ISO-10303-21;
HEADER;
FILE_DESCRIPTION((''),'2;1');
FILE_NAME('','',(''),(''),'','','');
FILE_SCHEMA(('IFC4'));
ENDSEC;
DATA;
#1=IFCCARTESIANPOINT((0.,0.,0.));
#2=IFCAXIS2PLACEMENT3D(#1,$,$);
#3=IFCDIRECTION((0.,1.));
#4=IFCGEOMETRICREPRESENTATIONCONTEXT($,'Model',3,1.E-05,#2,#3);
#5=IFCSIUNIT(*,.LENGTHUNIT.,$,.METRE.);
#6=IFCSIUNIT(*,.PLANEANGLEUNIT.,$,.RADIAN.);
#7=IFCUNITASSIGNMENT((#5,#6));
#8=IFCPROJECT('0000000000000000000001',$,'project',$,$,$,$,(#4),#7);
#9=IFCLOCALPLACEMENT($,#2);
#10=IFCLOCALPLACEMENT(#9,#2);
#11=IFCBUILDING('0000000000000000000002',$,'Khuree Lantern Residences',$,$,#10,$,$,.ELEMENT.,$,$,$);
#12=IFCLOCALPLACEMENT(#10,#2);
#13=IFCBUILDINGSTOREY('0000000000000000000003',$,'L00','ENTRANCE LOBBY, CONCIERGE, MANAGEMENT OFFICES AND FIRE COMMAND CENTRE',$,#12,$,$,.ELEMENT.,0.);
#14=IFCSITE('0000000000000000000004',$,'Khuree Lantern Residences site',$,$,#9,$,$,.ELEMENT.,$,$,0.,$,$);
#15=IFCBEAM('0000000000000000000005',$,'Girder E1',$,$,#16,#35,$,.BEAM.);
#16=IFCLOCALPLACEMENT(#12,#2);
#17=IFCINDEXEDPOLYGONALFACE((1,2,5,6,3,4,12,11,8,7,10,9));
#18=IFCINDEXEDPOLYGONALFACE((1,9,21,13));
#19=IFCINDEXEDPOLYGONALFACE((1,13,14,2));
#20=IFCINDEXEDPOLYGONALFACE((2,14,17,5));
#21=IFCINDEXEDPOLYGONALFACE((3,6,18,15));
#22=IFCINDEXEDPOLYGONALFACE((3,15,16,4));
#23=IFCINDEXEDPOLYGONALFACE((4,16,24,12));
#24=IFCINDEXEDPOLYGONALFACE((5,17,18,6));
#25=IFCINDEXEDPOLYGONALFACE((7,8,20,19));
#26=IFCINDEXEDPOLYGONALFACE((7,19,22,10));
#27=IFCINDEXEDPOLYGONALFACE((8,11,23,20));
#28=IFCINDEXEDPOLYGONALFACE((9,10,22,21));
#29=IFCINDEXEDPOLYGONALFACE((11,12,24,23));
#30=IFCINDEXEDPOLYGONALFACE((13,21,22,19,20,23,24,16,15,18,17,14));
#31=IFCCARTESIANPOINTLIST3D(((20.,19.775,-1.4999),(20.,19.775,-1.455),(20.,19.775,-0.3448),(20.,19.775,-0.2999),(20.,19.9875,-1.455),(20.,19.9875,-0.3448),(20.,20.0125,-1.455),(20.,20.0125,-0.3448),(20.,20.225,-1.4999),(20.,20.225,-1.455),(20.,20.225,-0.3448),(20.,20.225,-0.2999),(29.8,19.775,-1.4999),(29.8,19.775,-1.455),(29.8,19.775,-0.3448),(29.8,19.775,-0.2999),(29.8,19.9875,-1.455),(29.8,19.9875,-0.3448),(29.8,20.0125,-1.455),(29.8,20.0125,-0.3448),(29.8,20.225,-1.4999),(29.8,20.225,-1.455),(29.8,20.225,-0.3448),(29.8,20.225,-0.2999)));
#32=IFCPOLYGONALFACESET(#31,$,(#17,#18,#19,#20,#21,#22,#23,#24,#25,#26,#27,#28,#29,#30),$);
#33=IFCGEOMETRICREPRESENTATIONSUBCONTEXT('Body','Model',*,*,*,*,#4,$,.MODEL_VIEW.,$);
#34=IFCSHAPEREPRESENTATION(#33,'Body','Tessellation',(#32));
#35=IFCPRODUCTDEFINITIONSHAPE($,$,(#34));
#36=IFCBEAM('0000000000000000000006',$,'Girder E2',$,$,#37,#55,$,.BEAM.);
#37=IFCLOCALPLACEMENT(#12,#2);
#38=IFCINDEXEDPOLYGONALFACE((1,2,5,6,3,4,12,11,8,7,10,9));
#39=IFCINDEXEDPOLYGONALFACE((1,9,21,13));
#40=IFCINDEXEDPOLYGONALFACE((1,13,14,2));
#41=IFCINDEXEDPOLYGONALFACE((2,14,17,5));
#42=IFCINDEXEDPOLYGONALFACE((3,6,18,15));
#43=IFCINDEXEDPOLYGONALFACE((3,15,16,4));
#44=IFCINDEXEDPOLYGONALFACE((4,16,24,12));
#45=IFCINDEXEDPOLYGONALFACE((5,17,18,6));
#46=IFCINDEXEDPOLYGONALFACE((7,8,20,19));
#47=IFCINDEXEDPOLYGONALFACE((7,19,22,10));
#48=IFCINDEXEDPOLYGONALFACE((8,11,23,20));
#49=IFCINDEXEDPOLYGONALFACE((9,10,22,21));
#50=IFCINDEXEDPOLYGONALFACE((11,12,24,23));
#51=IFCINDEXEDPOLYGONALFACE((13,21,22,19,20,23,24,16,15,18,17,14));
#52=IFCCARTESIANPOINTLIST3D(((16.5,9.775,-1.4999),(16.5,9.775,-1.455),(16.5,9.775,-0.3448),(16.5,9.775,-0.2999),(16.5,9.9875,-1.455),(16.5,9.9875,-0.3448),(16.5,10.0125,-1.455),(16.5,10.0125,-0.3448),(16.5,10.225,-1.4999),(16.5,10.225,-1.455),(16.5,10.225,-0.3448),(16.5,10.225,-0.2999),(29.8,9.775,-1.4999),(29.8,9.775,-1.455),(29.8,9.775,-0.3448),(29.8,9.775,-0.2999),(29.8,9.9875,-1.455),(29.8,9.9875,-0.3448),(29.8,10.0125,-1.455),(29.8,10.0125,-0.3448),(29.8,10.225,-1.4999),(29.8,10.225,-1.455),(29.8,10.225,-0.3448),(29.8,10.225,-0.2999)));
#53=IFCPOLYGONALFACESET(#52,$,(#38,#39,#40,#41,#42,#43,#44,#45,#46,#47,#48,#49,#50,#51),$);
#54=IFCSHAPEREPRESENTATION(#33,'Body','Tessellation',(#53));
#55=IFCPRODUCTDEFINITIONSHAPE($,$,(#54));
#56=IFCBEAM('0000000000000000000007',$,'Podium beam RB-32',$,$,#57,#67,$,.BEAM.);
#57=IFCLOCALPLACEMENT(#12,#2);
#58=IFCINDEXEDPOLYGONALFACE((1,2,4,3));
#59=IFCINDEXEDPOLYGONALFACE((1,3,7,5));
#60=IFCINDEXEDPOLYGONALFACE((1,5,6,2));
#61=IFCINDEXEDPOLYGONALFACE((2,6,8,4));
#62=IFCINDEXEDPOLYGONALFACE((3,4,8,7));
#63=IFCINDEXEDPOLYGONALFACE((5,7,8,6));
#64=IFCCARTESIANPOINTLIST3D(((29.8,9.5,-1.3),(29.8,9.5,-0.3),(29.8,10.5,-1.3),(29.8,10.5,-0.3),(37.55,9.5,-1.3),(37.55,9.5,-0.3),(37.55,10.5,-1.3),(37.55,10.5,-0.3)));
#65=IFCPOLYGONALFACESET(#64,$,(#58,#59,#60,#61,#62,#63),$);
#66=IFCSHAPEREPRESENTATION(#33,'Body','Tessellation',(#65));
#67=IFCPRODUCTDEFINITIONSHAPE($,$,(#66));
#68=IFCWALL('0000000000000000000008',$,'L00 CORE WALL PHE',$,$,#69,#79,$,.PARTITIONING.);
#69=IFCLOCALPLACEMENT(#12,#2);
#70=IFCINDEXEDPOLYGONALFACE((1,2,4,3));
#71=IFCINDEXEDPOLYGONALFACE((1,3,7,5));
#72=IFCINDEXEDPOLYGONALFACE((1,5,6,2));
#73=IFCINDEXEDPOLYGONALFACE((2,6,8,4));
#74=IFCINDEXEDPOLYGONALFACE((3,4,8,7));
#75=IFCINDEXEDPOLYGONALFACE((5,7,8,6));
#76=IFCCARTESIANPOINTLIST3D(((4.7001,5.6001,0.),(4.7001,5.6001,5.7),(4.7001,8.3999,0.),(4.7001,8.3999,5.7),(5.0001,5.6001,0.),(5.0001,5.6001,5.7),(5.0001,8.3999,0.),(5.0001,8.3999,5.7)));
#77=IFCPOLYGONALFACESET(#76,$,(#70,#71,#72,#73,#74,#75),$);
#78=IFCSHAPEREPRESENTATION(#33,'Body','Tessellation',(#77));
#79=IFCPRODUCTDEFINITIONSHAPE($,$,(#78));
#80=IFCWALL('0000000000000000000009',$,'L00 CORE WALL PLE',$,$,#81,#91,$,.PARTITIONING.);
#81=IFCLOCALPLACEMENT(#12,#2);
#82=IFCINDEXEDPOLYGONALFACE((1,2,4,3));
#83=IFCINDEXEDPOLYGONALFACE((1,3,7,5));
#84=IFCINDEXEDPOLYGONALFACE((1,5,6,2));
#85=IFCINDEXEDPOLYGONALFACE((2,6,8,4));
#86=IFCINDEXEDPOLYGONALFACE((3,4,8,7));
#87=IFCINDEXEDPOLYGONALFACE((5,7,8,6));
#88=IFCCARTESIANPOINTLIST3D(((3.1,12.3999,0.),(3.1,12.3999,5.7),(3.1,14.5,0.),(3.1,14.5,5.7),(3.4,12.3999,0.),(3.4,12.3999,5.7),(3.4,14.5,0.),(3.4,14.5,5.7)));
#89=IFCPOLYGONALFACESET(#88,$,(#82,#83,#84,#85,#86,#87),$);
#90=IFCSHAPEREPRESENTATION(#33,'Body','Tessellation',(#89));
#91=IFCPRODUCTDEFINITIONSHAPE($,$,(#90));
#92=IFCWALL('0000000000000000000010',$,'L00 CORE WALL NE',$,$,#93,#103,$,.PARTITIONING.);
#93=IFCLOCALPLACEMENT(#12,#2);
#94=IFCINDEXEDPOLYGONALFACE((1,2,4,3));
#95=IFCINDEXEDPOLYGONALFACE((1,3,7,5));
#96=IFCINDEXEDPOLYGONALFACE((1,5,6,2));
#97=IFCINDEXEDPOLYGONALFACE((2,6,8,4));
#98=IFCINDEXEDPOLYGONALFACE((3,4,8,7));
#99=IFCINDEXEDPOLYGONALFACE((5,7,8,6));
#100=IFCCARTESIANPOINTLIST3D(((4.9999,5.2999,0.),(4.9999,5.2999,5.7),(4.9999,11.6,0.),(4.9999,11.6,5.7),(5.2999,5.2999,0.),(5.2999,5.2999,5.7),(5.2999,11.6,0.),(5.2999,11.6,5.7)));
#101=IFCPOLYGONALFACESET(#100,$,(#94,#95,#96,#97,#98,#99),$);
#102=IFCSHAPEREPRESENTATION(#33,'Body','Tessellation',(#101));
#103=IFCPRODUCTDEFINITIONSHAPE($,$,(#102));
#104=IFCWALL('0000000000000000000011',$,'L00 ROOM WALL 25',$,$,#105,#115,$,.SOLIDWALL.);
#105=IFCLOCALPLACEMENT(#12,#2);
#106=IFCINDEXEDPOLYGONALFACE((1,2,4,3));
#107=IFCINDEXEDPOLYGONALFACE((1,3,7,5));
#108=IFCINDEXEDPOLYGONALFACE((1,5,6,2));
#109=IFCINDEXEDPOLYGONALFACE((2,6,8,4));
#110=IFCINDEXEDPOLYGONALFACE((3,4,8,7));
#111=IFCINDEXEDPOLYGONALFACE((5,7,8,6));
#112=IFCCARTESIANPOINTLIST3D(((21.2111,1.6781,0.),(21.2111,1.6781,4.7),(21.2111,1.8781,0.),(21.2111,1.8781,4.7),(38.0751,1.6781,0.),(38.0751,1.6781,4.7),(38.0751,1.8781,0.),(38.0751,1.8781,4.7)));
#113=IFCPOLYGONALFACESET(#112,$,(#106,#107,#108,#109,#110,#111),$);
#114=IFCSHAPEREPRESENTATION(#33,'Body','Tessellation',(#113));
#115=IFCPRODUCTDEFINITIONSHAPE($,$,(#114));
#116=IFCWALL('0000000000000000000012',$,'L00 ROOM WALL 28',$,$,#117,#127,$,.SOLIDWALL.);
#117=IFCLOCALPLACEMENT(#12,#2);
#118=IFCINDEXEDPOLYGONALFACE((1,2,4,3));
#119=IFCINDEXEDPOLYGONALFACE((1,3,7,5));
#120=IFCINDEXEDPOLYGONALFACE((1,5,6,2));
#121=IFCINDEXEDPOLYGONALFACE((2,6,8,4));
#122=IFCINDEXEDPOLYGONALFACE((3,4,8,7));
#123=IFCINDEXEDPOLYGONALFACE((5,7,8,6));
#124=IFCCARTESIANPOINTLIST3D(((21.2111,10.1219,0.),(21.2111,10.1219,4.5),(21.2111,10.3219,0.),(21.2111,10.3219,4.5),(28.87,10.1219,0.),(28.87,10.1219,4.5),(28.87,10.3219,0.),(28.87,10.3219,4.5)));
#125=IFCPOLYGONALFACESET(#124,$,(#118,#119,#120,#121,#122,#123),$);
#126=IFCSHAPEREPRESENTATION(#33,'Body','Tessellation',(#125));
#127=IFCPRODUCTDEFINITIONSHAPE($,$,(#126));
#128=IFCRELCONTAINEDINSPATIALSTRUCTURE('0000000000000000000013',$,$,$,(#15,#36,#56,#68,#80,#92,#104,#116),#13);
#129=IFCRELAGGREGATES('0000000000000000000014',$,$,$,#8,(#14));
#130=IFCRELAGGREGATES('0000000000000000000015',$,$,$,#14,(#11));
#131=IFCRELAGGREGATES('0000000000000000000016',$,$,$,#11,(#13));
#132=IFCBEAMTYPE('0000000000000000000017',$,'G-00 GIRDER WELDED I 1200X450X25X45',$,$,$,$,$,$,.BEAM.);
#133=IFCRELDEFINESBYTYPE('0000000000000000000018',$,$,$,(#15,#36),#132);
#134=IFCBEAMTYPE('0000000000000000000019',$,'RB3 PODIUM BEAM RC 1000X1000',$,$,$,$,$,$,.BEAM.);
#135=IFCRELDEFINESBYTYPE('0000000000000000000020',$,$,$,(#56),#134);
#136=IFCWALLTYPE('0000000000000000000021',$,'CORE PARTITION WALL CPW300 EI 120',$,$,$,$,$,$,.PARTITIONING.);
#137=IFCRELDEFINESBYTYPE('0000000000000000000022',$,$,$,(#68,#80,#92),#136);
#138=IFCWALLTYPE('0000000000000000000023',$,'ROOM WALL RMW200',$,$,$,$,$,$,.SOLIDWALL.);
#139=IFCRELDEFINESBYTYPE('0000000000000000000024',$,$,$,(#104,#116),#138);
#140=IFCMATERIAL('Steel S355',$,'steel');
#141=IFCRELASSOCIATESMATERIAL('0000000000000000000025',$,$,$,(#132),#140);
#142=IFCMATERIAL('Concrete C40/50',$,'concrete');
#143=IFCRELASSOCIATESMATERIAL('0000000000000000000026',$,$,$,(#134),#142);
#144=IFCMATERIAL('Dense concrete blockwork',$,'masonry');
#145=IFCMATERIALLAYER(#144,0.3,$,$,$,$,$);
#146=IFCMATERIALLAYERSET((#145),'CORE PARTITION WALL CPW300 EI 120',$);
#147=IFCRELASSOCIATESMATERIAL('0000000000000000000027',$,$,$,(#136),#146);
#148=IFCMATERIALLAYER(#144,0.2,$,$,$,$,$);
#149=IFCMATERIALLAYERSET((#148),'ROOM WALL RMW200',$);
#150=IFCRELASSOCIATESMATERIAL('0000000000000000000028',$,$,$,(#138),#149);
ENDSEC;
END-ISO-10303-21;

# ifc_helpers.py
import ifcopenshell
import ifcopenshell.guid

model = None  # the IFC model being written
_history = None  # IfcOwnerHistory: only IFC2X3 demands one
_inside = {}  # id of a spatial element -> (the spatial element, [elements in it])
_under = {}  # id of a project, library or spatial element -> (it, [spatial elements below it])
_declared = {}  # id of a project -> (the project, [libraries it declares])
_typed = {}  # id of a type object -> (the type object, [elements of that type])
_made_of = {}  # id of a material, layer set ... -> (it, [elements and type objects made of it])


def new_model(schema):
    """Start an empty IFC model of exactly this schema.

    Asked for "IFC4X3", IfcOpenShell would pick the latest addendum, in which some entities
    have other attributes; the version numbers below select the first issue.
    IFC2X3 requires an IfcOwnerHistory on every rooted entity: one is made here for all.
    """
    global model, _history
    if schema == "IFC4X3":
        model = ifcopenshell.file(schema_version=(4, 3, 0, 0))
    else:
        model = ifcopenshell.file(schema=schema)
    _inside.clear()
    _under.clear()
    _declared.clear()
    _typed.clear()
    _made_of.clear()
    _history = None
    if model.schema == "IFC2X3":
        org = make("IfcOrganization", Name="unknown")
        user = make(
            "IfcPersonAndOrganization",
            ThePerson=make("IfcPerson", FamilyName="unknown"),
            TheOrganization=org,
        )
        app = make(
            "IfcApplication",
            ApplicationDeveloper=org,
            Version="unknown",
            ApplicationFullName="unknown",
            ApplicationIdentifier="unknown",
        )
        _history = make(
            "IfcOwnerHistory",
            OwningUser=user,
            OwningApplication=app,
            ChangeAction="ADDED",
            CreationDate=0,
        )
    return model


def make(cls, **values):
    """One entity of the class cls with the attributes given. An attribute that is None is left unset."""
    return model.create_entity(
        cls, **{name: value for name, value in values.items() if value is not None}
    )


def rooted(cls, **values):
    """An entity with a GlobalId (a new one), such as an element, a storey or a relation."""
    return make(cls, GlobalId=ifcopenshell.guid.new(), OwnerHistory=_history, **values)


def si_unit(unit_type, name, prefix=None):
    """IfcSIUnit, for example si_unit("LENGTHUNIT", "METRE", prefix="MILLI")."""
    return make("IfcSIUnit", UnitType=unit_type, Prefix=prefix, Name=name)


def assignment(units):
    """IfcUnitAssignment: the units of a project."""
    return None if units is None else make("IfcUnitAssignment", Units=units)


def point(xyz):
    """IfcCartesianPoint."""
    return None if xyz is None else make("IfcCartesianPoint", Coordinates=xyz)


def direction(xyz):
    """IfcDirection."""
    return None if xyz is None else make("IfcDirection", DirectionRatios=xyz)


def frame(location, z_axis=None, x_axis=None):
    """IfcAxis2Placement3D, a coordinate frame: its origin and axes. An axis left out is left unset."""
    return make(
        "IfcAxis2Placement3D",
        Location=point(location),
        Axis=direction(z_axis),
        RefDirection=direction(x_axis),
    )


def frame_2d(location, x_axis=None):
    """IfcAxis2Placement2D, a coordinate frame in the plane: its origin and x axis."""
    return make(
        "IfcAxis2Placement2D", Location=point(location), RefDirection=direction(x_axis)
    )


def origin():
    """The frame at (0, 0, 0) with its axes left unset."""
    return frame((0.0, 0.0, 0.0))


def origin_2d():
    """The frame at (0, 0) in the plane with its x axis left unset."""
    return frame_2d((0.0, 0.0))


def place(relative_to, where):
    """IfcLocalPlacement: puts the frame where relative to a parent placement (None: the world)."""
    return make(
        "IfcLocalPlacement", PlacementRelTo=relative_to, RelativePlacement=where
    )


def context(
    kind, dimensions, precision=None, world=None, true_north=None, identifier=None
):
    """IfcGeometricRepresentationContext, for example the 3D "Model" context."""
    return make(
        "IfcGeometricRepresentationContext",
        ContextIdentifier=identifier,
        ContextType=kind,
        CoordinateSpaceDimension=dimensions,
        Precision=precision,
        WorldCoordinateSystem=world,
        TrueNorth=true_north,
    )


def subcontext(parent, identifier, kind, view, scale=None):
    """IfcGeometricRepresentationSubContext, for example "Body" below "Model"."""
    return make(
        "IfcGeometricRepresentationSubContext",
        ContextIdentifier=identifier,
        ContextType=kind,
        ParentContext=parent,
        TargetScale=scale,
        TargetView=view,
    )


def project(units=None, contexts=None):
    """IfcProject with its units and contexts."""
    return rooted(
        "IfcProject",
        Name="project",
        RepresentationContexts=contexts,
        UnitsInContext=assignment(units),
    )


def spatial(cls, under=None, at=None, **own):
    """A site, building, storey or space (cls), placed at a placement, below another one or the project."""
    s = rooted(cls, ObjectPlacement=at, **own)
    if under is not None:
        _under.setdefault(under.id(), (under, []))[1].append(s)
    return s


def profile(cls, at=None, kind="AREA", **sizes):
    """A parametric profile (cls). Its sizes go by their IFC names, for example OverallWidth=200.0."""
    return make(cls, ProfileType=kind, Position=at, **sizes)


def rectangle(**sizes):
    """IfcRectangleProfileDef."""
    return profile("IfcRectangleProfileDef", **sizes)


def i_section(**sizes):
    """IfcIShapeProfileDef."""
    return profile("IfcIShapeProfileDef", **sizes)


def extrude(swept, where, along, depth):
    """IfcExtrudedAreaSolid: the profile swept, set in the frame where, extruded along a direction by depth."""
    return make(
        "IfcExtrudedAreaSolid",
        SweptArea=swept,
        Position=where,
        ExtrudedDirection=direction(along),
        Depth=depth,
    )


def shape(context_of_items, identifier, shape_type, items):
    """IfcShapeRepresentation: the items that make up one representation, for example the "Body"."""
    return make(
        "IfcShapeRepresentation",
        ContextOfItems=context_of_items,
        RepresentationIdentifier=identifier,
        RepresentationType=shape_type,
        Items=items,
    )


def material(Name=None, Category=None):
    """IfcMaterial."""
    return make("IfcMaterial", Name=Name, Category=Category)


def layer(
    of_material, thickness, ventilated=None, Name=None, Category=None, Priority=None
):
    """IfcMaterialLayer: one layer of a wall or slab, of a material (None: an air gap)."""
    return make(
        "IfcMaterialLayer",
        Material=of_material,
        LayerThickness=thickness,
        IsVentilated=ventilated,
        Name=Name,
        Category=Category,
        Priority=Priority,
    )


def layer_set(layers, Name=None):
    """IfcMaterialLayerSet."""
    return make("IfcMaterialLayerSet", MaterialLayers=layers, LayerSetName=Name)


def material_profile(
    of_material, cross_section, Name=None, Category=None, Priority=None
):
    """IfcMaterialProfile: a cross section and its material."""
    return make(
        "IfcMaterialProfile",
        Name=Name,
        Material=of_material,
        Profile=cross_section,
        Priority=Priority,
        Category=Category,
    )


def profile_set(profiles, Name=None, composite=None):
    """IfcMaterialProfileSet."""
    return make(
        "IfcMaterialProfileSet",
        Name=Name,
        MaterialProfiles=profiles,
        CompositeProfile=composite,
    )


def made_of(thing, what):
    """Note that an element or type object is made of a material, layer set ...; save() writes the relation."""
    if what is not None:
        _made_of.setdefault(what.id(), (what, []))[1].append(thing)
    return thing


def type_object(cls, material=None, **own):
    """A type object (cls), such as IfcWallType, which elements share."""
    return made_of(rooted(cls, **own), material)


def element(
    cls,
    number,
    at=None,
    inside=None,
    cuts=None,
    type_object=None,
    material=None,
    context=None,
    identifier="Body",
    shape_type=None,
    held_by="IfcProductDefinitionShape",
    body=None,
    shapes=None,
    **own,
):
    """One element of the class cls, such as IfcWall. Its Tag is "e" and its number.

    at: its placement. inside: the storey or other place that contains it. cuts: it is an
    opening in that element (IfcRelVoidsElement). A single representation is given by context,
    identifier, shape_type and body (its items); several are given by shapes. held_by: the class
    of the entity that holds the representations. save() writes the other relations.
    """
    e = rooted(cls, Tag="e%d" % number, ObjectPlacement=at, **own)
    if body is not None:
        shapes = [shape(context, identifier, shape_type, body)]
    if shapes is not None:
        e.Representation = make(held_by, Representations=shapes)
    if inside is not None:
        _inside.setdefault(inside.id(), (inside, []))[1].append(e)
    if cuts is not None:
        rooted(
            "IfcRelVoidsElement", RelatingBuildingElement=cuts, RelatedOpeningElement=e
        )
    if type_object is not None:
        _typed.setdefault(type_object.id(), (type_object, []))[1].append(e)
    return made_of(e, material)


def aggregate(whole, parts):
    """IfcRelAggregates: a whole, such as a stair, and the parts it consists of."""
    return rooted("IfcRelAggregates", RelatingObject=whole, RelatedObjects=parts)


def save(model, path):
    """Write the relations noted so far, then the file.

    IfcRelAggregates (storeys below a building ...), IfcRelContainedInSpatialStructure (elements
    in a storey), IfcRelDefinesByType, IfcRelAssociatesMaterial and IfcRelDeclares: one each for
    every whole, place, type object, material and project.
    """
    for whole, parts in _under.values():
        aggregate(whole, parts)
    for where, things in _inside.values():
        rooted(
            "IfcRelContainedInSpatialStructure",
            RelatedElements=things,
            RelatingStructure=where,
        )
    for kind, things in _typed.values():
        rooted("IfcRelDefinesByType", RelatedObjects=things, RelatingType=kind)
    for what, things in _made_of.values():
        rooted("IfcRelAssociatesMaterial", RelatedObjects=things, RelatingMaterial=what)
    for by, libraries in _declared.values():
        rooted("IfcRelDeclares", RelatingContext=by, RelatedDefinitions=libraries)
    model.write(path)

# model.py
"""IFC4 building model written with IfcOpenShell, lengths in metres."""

from ifc_helpers import new_model, si_unit, direction, frame, frame_2d, origin, origin_2d, place, context, subcontext, project, spatial, rectangle, i_section, extrude, material, layer, layer_set, material_profile, profile_set, type_object, element, save


model = new_model("IFC4")

# Units and contexts
model_context = context("Model", 3, precision=1e-05, world=origin(), true_north=direction((0.0, 1.0)))
body_context = subcontext(model_context, "Body", "Model", "MODEL_VIEW")
ifc_project = project(units=[si_unit("LENGTHUNIT", "METRE"), si_unit("PLANEANGLEUNIT", "RADIAN")], contexts=[model_context])

# Site, building, storey
site_placement = place(None, origin())
site = spatial("IfcSite", under=ifc_project, at=site_placement, Name="Khuree Lantern Residences site", CompositionType="ELEMENT", RefElevation=0.0)
building_placement = place(site_placement, origin())
building = spatial("IfcBuilding", under=site, at=building_placement, Name="Khuree Lantern Residences", CompositionType="ELEMENT")
storey_placement = place(building_placement, origin())
storey = spatial("IfcBuildingStorey", under=building, at=storey_placement, Name="L00", Description="ENTRANCE LOBBY, CONCIERGE, MANAGEMENT OFFICES AND FIRE COMMAND CENTRE", CompositionType="ELEMENT", Elevation=0.0)

# Beams
ifc_material_1 = material(Name="Steel S355", Category="steel")
ifc_material_profile_1 = material_profile(ifc_material_1, i_section(OverallWidth=0.45, OverallDepth=1.2, WebThickness=0.0249, FlangeThickness=0.0449, at=origin_2d()), Name="WELDED I 1200X450X25X45")
ifc_profile_set_1 = profile_set([ifc_material_profile_1], Name="Steel S355")
beam_type_1 = type_object("IfcBeamType", Name="G-00 GIRDER WELDED I 1200X450X25X45", PredefinedType="BEAM", material=ifc_profile_set_1)
beam_1_placement = place(storey_placement, frame((29.8, 20.0, -0.8999), z_axis=(-1.0, 0.0, 0.0), x_axis=(0.0, -1.0, 0.0)))
element("IfcBeam", 1, at=beam_1_placement, inside=storey, type_object=beam_type_1, Name="Girder E1", PredefinedType="BEAM", context=body_context, shape_type="SweptSolid", body=[
    extrude(i_section(OverallWidth=0.45, OverallDepth=1.2, WebThickness=0.0249, FlangeThickness=0.0449, at=origin_2d()), origin(), (0.0, 0.0, 1.0), 9.8),
])
beam_2_placement = place(storey_placement, frame((29.8, 10.0, -0.8999), z_axis=(-1.0, 0.0, 0.0), x_axis=(0.0, -1.0, 0.0)))
element("IfcBeam", 2, at=beam_2_placement, inside=storey, type_object=beam_type_1, Name="Girder E2", PredefinedType="BEAM", context=body_context, shape_type="SweptSolid", body=[
    extrude(i_section(OverallWidth=0.45, OverallDepth=1.2, WebThickness=0.0249, FlangeThickness=0.0449, at=origin_2d()), origin(), (0.0, 0.0, 1.0), 13.3),
])
ifc_material_2 = material(Name="Concrete C40/50", Category="concrete")
ifc_material_profile_2 = material_profile(ifc_material_2, rectangle(XDim=1.0, YDim=1.0, at=origin_2d()), Name="RC 1000X1000")
ifc_profile_set_2 = profile_set([ifc_material_profile_2], Name="Concrete C40/50")
beam_type_2 = type_object("IfcBeamType", Name="RB3 PODIUM BEAM RC 1000X1000", PredefinedType="BEAM", material=ifc_profile_set_2)
beam_3_placement = place(storey_placement, frame((29.8, 10.0, -0.8), z_axis=(1.0, 0.0, 0.0), x_axis=(0.0, 1.0, 0.0)))
element("IfcBeam", 3, at=beam_3_placement, inside=storey, type_object=beam_type_2, Name="Podium beam RB-32", PredefinedType="BEAM", context=body_context, shape_type="SweptSolid", body=[
    extrude(rectangle(XDim=1.0, YDim=1.0, at=origin_2d()), origin(), (0.0, 0.0, 1.0), 7.75),
])

# Walls
ifc_material_3 = material(Name="Dense concrete blockwork", Category="masonry")
ifc_layer_1 = layer(ifc_material_3, 0.3)
ifc_layer_set_1 = layer_set([ifc_layer_1], Name="CORE PARTITION WALL CPW300 EI 120")
wall_type_1 = type_object("IfcWallType", Name="CORE PARTITION WALL CPW300 EI 120", PredefinedType="PARTITIONING", material=ifc_layer_set_1)
wall_1_placement = place(storey_placement, frame((4.8501, 5.6001, 0.0), z_axis=(0.0, 0.0, 1.0), x_axis=(0.0, 1.0, 0.0)))
element("IfcWall", 4, at=wall_1_placement, inside=storey, type_object=wall_type_1, Name="L00 CORE WALL PHE", PredefinedType="PARTITIONING", context=body_context, shape_type="SweptSolid", body=[
    extrude(rectangle(XDim=2.7998, YDim=0.3, at=frame_2d((1.3999, 0.0))), origin(), (0.0, 0.0, 1.0), 5.7),
])
wall_2_placement = place(storey_placement, frame((3.25, 12.3999, 0.0), z_axis=(0.0, 0.0, 1.0), x_axis=(0.0, 1.0, 0.0)))
element("IfcWall", 5, at=wall_2_placement, inside=storey, type_object=wall_type_1, Name="L00 CORE WALL PLE", PredefinedType="PARTITIONING", context=body_context, shape_type="SweptSolid", body=[
    extrude(rectangle(XDim=2.1001, YDim=0.3, at=frame_2d((1.05, 0.0))), origin(), (0.0, 0.0, 1.0), 5.7),
])
wall_3_placement = place(storey_placement, frame((5.1499, 5.3, 0.0), z_axis=(0.0, 0.0, 1.0), x_axis=(0.0, 1.0, 0.0)))
element("IfcWall", 6, at=wall_3_placement, inside=storey, type_object=wall_type_1, Name="L00 CORE WALL NE", PredefinedType="PARTITIONING", context=body_context, shape_type="SweptSolid", body=[
    extrude(rectangle(XDim=6.3, YDim=0.3, at=frame_2d((3.1499, 0.0))), origin(), (0.0, 0.0, 1.0), 5.7),
])
ifc_layer_2 = layer(ifc_material_3, 0.2)
ifc_layer_set_2 = layer_set([ifc_layer_2], Name="ROOM WALL RMW200")
wall_type_2 = type_object("IfcWallType", Name="ROOM WALL RMW200", PredefinedType="SOLIDWALL", material=ifc_layer_set_2)
wall_4_placement = place(storey_placement, frame((21.2109, 1.7781, 0.0), z_axis=(0.0, 0.0, 1.0), x_axis=(1.0, 0.0, 0.0)))
element("IfcWall", 7, at=wall_4_placement, inside=storey, type_object=wall_type_2, Name="L00 ROOM WALL 25", PredefinedType="SOLIDWALL", context=body_context, shape_type="SweptSolid", body=[
    extrude(rectangle(XDim=16.864, YDim=0.2, at=frame_2d((8.4321, 0.0))), origin(), (0.0, 0.0, 1.0), 4.7),
])
wall_5_placement = place(storey_placement, frame((21.2109, 10.2219, 0.0), z_axis=(0.0, 0.0, 1.0), x_axis=(1.0, 0.0, 0.0)))
element("IfcWall", 8, at=wall_5_placement, inside=storey, type_object=wall_type_2, Name="L00 ROOM WALL 28", PredefinedType="SOLIDWALL", context=body_context, shape_type="SweptSolid", body=[
    extrude(rectangle(XDim=7.6589, YDim=0.2, at=frame_2d((3.8296, 0.0))), origin(), (0.0, 0.0, 1.0), 4.5),
])

save(model, "model.ifc")
